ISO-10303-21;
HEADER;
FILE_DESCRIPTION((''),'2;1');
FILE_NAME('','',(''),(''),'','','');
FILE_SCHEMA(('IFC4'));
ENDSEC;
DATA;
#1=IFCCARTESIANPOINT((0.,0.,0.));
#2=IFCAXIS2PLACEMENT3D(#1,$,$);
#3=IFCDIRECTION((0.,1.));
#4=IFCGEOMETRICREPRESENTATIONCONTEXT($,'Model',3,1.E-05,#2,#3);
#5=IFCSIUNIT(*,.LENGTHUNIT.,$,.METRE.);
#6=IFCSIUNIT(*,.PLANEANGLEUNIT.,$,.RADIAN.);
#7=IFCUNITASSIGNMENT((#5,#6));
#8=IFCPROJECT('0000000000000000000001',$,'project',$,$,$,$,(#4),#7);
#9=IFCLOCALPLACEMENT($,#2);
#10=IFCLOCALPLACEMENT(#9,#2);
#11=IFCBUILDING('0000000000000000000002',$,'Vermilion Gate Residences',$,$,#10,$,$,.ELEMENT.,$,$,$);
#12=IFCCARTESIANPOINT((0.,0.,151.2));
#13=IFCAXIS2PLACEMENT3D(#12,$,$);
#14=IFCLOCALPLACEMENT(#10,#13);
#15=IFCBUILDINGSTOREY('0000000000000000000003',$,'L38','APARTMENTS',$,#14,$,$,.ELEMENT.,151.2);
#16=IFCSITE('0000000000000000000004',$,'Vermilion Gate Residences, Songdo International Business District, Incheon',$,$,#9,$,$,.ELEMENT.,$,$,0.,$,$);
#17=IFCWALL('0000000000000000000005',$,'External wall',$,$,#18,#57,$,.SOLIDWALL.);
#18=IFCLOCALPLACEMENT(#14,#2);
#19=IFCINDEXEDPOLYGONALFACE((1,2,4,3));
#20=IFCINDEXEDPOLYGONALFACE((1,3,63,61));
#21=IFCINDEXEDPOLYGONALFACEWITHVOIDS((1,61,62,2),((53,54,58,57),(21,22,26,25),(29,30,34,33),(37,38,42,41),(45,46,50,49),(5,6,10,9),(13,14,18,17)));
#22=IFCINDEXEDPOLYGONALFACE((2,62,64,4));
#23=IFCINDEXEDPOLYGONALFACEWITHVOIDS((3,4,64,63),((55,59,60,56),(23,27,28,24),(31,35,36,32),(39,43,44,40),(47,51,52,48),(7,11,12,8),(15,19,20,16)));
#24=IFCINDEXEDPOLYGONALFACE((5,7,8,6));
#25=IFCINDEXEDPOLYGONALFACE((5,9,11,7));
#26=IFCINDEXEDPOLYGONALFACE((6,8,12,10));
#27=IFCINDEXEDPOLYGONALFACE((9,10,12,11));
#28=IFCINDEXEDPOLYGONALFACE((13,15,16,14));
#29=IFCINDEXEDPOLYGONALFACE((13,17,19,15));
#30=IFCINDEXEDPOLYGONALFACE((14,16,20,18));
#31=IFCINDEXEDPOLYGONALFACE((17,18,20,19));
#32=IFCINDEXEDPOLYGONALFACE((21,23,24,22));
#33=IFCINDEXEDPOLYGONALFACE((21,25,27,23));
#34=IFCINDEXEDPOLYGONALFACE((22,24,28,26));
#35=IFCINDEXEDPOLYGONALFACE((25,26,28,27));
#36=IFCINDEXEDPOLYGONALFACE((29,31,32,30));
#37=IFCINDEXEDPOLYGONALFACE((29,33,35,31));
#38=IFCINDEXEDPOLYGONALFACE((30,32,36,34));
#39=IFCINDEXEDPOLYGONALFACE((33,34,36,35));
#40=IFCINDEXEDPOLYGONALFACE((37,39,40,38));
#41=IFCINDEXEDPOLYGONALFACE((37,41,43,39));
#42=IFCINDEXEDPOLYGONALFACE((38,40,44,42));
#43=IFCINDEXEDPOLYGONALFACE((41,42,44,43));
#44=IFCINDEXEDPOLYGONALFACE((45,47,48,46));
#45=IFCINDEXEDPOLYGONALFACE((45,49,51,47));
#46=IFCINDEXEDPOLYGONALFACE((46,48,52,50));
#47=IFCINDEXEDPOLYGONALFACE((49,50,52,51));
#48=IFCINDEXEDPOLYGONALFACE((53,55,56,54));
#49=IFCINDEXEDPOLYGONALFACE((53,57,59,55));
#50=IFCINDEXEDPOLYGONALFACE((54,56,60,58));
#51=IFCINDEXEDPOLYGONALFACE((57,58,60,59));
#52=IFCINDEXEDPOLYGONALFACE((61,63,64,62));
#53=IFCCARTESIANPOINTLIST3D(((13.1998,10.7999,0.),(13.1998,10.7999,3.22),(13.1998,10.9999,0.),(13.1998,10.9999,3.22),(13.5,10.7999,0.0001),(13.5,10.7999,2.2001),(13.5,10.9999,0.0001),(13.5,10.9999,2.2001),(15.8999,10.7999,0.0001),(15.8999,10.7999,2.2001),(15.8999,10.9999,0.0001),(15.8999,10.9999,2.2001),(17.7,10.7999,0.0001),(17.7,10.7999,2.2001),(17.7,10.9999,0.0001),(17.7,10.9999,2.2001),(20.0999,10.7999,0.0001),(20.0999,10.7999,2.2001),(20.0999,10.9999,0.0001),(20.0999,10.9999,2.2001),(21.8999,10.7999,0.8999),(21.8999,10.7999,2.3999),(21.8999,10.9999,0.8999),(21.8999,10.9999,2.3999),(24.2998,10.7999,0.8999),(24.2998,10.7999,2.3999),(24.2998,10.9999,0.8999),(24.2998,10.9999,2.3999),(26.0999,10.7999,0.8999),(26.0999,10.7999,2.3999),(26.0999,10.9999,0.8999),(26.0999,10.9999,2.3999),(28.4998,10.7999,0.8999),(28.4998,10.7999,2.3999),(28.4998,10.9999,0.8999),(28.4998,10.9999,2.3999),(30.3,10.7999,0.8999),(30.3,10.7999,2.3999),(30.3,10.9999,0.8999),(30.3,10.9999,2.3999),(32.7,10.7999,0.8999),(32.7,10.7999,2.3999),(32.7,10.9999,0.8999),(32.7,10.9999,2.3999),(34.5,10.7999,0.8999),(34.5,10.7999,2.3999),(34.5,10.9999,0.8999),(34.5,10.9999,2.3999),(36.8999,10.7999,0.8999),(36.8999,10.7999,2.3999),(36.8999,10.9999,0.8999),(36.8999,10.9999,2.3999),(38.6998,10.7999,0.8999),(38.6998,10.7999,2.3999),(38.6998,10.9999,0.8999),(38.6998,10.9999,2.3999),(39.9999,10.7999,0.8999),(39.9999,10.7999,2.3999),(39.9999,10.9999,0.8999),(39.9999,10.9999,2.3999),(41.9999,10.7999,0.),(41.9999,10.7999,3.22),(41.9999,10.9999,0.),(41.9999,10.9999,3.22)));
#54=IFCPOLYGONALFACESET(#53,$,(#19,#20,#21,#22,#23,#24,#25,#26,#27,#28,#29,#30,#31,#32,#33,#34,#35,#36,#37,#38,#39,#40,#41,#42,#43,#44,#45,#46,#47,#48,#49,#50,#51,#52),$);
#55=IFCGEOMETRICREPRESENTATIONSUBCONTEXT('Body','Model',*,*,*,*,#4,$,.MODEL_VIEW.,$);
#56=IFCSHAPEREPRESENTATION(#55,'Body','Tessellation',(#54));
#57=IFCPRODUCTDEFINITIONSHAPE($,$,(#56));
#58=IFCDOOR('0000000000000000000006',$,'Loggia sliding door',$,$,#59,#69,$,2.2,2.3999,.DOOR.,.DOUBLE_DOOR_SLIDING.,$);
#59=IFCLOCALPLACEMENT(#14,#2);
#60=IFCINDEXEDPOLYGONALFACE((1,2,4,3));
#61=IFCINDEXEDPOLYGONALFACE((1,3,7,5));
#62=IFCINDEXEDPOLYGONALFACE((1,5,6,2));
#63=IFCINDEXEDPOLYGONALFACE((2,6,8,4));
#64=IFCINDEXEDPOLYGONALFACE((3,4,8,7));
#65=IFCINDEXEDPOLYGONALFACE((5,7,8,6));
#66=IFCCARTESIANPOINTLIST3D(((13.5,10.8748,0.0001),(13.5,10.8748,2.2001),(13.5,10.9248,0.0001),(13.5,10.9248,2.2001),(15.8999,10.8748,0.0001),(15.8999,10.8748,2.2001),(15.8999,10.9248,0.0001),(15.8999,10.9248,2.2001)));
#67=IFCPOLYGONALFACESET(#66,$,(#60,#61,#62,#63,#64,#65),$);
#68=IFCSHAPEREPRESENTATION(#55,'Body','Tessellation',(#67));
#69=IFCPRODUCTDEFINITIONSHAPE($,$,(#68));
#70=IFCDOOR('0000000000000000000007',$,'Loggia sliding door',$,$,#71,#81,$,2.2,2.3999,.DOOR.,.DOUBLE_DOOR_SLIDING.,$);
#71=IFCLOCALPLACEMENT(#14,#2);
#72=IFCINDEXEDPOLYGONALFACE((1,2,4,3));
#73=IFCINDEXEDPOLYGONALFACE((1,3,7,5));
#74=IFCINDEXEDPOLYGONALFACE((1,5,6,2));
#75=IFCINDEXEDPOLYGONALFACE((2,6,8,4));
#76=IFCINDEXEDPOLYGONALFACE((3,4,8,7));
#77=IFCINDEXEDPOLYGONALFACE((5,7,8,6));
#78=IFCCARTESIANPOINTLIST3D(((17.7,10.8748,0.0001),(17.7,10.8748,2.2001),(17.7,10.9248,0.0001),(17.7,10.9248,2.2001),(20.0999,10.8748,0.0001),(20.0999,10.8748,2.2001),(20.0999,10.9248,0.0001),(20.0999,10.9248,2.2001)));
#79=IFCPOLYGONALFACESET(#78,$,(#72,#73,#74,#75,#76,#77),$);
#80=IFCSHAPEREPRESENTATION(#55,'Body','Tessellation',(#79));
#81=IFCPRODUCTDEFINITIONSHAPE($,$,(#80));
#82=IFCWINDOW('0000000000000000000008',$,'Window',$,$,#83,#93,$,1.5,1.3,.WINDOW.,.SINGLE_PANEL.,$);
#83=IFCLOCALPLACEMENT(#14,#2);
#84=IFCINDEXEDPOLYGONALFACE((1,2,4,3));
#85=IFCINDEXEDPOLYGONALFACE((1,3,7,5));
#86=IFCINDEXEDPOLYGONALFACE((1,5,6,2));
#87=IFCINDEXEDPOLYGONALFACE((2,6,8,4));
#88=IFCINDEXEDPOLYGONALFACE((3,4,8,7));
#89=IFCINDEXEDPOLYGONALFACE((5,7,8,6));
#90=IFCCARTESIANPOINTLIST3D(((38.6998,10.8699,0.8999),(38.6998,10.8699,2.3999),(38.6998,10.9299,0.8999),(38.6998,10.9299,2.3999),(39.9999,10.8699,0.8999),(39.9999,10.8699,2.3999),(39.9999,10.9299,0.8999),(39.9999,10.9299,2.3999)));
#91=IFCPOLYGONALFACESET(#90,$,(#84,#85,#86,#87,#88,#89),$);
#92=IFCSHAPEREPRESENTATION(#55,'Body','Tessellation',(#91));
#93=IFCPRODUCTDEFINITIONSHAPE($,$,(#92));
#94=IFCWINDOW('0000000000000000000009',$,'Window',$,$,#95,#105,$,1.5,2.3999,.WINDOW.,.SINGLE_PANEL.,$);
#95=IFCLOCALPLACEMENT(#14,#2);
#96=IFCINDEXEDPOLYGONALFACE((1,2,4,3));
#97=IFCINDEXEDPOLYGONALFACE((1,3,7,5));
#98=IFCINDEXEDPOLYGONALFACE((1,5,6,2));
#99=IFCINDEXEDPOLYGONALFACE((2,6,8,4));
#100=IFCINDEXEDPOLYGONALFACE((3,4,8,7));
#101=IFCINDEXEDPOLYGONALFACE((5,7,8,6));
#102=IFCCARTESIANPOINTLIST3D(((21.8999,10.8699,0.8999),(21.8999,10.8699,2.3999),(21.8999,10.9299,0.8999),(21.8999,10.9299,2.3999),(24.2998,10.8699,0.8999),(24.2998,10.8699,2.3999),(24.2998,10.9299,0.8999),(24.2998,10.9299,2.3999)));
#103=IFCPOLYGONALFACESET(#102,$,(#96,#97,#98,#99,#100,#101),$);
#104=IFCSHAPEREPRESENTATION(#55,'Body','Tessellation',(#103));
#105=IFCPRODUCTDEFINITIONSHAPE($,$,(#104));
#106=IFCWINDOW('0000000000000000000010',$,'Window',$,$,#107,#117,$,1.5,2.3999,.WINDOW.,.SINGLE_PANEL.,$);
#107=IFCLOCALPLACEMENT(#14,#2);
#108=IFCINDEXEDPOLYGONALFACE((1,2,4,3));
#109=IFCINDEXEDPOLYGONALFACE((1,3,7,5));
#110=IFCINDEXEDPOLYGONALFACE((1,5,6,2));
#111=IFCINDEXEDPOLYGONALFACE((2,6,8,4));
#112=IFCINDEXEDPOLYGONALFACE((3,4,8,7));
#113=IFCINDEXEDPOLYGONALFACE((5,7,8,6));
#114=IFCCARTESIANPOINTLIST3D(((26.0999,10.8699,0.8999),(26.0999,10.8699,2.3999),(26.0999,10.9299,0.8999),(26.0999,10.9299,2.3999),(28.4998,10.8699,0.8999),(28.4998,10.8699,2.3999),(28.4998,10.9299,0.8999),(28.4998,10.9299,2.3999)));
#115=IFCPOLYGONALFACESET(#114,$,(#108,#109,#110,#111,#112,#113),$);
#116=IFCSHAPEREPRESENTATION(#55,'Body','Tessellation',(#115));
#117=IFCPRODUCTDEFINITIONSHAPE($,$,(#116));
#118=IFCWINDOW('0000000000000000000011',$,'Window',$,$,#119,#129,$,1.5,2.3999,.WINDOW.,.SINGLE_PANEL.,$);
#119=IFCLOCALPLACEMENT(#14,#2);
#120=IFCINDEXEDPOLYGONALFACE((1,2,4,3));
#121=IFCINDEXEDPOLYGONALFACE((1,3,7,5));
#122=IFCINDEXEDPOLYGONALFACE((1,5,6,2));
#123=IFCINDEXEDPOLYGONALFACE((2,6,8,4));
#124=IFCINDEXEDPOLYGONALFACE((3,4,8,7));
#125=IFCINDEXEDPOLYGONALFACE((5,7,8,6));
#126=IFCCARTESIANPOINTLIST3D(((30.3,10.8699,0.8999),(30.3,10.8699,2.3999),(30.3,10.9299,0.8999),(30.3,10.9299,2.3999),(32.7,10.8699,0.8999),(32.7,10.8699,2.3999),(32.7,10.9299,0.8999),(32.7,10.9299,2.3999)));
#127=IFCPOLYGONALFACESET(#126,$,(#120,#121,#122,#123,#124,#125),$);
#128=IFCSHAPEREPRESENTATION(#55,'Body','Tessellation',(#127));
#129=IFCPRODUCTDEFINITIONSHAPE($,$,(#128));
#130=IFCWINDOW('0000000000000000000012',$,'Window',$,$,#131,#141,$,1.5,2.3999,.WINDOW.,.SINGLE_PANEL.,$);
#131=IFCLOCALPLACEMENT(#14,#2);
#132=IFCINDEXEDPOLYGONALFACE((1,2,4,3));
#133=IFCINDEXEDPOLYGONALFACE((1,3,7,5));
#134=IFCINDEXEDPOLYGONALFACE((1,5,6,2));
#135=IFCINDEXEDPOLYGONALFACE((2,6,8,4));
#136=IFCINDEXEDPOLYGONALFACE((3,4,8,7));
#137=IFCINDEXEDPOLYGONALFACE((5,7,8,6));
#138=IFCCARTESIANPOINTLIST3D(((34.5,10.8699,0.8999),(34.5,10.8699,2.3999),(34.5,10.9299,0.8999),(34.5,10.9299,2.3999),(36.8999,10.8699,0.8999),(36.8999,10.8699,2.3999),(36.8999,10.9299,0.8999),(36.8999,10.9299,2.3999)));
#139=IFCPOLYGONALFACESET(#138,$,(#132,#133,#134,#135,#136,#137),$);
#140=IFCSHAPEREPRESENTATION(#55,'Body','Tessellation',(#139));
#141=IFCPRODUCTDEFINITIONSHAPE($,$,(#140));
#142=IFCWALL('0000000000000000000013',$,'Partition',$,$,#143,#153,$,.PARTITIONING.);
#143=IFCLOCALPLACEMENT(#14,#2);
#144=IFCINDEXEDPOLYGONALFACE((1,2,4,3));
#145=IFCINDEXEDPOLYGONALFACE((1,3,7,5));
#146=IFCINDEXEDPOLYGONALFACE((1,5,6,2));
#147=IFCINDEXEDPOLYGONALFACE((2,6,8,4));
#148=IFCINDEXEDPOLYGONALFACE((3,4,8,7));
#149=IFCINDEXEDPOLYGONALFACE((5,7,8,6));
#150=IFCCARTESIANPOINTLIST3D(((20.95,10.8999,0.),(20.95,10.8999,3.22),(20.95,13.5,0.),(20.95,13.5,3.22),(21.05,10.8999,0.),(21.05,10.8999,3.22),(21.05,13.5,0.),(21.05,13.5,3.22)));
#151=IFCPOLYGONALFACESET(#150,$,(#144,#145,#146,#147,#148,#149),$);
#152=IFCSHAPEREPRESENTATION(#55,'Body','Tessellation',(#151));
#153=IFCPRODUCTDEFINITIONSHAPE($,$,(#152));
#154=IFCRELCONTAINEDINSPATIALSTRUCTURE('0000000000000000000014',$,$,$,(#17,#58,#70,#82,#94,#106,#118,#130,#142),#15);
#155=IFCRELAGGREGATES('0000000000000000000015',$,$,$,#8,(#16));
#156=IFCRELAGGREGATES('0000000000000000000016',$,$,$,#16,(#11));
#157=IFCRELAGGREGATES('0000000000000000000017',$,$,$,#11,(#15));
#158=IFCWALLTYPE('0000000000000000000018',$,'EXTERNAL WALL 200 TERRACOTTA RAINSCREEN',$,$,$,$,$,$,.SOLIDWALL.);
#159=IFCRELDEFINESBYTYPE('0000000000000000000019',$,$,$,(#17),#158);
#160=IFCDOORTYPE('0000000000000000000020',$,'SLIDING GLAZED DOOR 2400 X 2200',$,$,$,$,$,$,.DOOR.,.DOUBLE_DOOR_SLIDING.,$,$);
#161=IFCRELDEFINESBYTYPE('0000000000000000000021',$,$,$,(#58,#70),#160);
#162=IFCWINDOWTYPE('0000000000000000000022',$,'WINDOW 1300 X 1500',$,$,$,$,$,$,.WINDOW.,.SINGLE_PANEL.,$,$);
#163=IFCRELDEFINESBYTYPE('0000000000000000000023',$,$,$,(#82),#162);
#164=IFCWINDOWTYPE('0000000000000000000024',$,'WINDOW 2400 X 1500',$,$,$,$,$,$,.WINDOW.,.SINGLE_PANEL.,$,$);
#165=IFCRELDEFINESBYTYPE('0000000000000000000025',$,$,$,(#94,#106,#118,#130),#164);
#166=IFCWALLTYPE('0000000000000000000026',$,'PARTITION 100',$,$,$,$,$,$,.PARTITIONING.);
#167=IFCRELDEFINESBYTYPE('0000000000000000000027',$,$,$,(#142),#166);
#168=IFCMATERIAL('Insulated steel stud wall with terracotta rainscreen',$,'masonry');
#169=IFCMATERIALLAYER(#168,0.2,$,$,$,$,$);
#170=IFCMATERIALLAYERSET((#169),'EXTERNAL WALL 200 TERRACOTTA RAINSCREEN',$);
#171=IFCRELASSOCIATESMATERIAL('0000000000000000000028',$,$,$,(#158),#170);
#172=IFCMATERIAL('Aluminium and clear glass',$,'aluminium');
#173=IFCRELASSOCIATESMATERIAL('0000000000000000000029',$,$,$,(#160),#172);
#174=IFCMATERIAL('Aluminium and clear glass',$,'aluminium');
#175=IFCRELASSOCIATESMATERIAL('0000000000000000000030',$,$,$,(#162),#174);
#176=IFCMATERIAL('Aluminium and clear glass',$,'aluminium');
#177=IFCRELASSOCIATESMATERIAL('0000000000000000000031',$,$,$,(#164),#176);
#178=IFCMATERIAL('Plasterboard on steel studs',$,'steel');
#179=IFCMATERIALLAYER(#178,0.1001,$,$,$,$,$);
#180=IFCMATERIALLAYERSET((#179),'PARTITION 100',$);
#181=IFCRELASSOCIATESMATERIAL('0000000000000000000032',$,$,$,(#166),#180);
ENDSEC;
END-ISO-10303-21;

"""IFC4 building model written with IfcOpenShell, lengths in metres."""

from ifc_helpers import new_model, si_unit, direction, frame, frame_2d, origin, place, context, subcontext, project, spatial, rectangle, extrude, material, layer, layer_set, type_object, element, fill, save


model = new_model("IFC4")

# Units and contexts
model_context = context("Model", 3, precision=1e-05, world=origin(), true_north=direction((0.0, 1.0)))
body_context = subcontext(model_context, "Body", "Model", "MODEL_VIEW")
ifc_project = project(units=[si_unit("LENGTHUNIT", "METRE"), si_unit("PLANEANGLEUNIT", "RADIAN")], contexts=[model_context])

# Site, building, storey
site_placement = place(None, origin())
site = spatial("IfcSite", under=ifc_project, at=site_placement, Name="Vermilion Gate Residences, Songdo International Business District, Incheon", CompositionType="ELEMENT", RefElevation=0.0)
building_placement = place(site_placement, origin())
building = spatial("IfcBuilding", under=site, at=building_placement, Name="Vermilion Gate Residences", CompositionType="ELEMENT")
storey_placement = place(building_placement, frame((0.0, 0.0, 151.2)))
storey = spatial("IfcBuildingStorey", under=building, at=storey_placement, Name="L38", Description="APARTMENTS", CompositionType="ELEMENT", Elevation=151.2)

# Shared definitions
ifc_material_1 = material(Name="Insulated steel stud wall with terracotta rainscreen", Category="masonry")
ifc_layer_1 = layer(ifc_material_1, 0.2)
ifc_layer_set_1 = layer_set([ifc_layer_1], Name="EXTERNAL WALL 200 TERRACOTTA RAINSCREEN")
wall_type_1 = type_object("IfcWallType", Name="EXTERNAL WALL 200 TERRACOTTA RAINSCREEN", PredefinedType="SOLIDWALL", material=ifc_layer_set_1)

# Wall, openings, doors, windows
wall_1_placement = place(storey_placement, frame((13.2, 10.8999, 0.0), z_axis=(0.0, 0.0, 1.0), x_axis=(1.0, 0.0, 0.0)))
wall_1 = element("IfcWall", 1, at=wall_1_placement, inside=storey, type_object=wall_type_1, Name="External wall", PredefinedType="SOLIDWALL", context=body_context, shape_type="SweptSolid", body=[
    extrude(rectangle(XDim=28.8, YDim=0.2, at=frame_2d((14.3999, 0.0))), origin(), (0.0, 0.0, 1.0), 3.22),
])
opening_1_placement = place(wall_1_placement, frame((0.3, 0.0, 0.0)))
opening_1 = element("IfcOpeningElement", 2, at=opening_1_placement, cuts=wall_1, PredefinedType="OPENING", context=body_context, shape_type="SweptSolid", body=[
    extrude(rectangle(XDim=2.3999, YDim=2.2, at=frame_2d((1.2, 1.1001))), frame((0.0, 0.1099, 0.0), z_axis=(0.0, -1.0, 0.0), x_axis=(1.0, 0.0, 0.0)), (0.0, 0.0, 1.0), 0.22),
])
opening_2_placement = place(wall_1_placement, frame((4.5, 0.0, 0.0)))
opening_2 = element("IfcOpeningElement", 3, at=opening_2_placement, cuts=wall_1, PredefinedType="OPENING", context=body_context, shape_type="SweptSolid", body=[
    extrude(rectangle(XDim=2.3999, YDim=2.2, at=frame_2d((1.2, 1.1001))), frame((0.0, 0.1099, 0.0), z_axis=(0.0, -1.0, 0.0), x_axis=(1.0, 0.0, 0.0)), (0.0, 0.0, 1.0), 0.22),
])
opening_3_placement = place(wall_1_placement, frame((8.7, 0.0, 0.8999)))
opening_3 = element("IfcOpeningElement", 4, at=opening_3_placement, cuts=wall_1, PredefinedType="OPENING", context=body_context, shape_type="SweptSolid", body=[
    extrude(rectangle(XDim=2.3999, YDim=1.5, at=frame_2d((1.2, 0.75))), frame((0.0, 0.1099, 0.0), z_axis=(0.0, -1.0, 0.0), x_axis=(1.0, 0.0, 0.0)), (0.0, 0.0, 1.0), 0.22),
])
opening_4_placement = place(wall_1_placement, frame((12.8999, 0.0, 0.8999)))
opening_4 = element("IfcOpeningElement", 5, at=opening_4_placement, cuts=wall_1, PredefinedType="OPENING", context=body_context, shape_type="SweptSolid", body=[
    extrude(rectangle(XDim=2.3999, YDim=1.5, at=frame_2d((1.2, 0.75))), frame((0.0, 0.1099, 0.0), z_axis=(0.0, -1.0, 0.0), x_axis=(1.0, 0.0, 0.0)), (0.0, 0.0, 1.0), 0.22),
])
opening_5_placement = place(wall_1_placement, frame((17.1001, 0.0, 0.8999)))
opening_5 = element("IfcOpeningElement", 6, at=opening_5_placement, cuts=wall_1, PredefinedType="OPENING", context=body_context, shape_type="SweptSolid", body=[
    extrude(rectangle(XDim=2.3999, YDim=1.5, at=frame_2d((1.2, 0.75))), frame((0.0, 0.1099, 0.0), z_axis=(0.0, -1.0, 0.0), x_axis=(1.0, 0.0, 0.0)), (0.0, 0.0, 1.0), 0.22),
])
opening_6_placement = place(wall_1_placement, frame((21.3, 0.0, 0.8999)))
opening_6 = element("IfcOpeningElement", 7, at=opening_6_placement, cuts=wall_1, PredefinedType="OPENING", context=body_context, shape_type="SweptSolid", body=[
    extrude(rectangle(XDim=2.3999, YDim=1.5, at=frame_2d((1.2, 0.75))), frame((0.0, 0.1099, 0.0), z_axis=(0.0, -1.0, 0.0), x_axis=(1.0, 0.0, 0.0)), (0.0, 0.0, 1.0), 0.22),
])
opening_7_placement = place(wall_1_placement, frame((25.5, 0.0, 0.8999)))
opening_7 = element("IfcOpeningElement", 8, at=opening_7_placement, cuts=wall_1, PredefinedType="OPENING", context=body_context, shape_type="SweptSolid", body=[
    extrude(rectangle(XDim=1.3, YDim=1.5, at=frame_2d((0.6499, 0.75))), frame((0.0, 0.1099, 0.0), z_axis=(0.0, -1.0, 0.0), x_axis=(1.0, 0.0, 0.0)), (0.0, 0.0, 1.0), 0.22),
])
ifc_material_2 = material(Name="Aluminium and clear glass", Category="aluminium")
door_type_1 = type_object("IfcDoorType", Name="SLIDING GLAZED DOOR 2400 X 2200", OperationType="DOUBLE_DOOR_SLIDING", PredefinedType="DOOR", material=ifc_material_2)
door_1_placement = place(opening_1_placement, origin())
door_1 = element("IfcDoor", 9, at=door_1_placement, inside=storey, type_object=door_type_1, Name="Loggia sliding door", OperationType="DOUBLE_DOOR_SLIDING", OverallHeight=2.2, OverallWidth=2.3999, PredefinedType="DOOR", context=body_context, shape_type="SweptSolid", body=[
    extrude(rectangle(XDim=2.3999, YDim=2.2, at=frame_2d((1.2, 1.1001))), frame((0.0, 0.0249, 0.0), z_axis=(0.0, -1.0, 0.0), x_axis=(1.0, 0.0, 0.0)), (0.0, 0.0, 1.0), 0.05),
])
fill(opening_1, door_1)
door_2_placement = place(opening_2_placement, origin())
door_2 = element("IfcDoor", 10, at=door_2_placement, inside=storey, type_object=door_type_1, Name="Loggia sliding door", OperationType="DOUBLE_DOOR_SLIDING", OverallHeight=2.2, OverallWidth=2.3999, PredefinedType="DOOR", context=body_context, shape_type="SweptSolid", body=[
    extrude(rectangle(XDim=2.3999, YDim=2.2, at=frame_2d((1.2, 1.1001))), frame((0.0, 0.0249, 0.0), z_axis=(0.0, -1.0, 0.0), x_axis=(1.0, 0.0, 0.0)), (0.0, 0.0, 1.0), 0.05),
])
fill(opening_2, door_2)
ifc_material_3 = material(Name="Aluminium and clear glass", Category="aluminium")
window_type_1 = type_object("IfcWindowType", Name="WINDOW 1300 X 1500", PartitioningType="SINGLE_PANEL", PredefinedType="WINDOW", material=ifc_material_3)
window_1_placement = place(opening_7_placement, origin())
window_1 = element("IfcWindow", 11, at=window_1_placement, inside=storey, type_object=window_type_1, Name="Window", OverallHeight=1.5, OverallWidth=1.3, PartitioningType="SINGLE_PANEL", PredefinedType="WINDOW", context=body_context, shape_type="SweptSolid", body=[
    extrude(rectangle(XDim=1.3, YDim=1.5, at=frame_2d((0.6499, 0.75))), frame((0.0, 0.03, 0.0), z_axis=(0.0, -1.0, 0.0), x_axis=(1.0, 0.0, 0.0)), (0.0, 0.0, 1.0), 0.0601),
])
fill(opening_7, window_1)
ifc_material_4 = material(Name="Aluminium and clear glass", Category="aluminium")
window_type_2 = type_object("IfcWindowType", Name="WINDOW 2400 X 1500", PartitioningType="SINGLE_PANEL", PredefinedType="WINDOW", material=ifc_material_4)
window_2_placement = place(opening_3_placement, origin())
window_2 = element("IfcWindow", 12, at=window_2_placement, inside=storey, type_object=window_type_2, Name="Window", OverallHeight=1.5, OverallWidth=2.3999, PartitioningType="SINGLE_PANEL", PredefinedType="WINDOW", context=body_context, shape_type="SweptSolid", body=[
    extrude(rectangle(XDim=2.3999, YDim=1.5, at=frame_2d((1.2, 0.75))), frame((0.0, 0.03, 0.0), z_axis=(0.0, -1.0, 0.0), x_axis=(1.0, 0.0, 0.0)), (0.0, 0.0, 1.0), 0.0601),
])
fill(opening_3, window_2)
window_3_placement = place(opening_4_placement, origin())
window_3 = element("IfcWindow", 13, at=window_3_placement, inside=storey, type_object=window_type_2, Name="Window", OverallHeight=1.5, OverallWidth=2.3999, PartitioningType="SINGLE_PANEL", PredefinedType="WINDOW", context=body_context, shape_type="SweptSolid", body=[
    extrude(rectangle(XDim=2.3999, YDim=1.5, at=frame_2d((1.2, 0.75))), frame((0.0, 0.03, 0.0), z_axis=(0.0, -1.0, 0.0), x_axis=(1.0, 0.0, 0.0)), (0.0, 0.0, 1.0), 0.0601),
])
fill(opening_4, window_3)
window_4_placement = place(opening_5_placement, origin())
window_4 = element("IfcWindow", 14, at=window_4_placement, inside=storey, type_object=window_type_2, Name="Window", OverallHeight=1.5, OverallWidth=2.3999, PartitioningType="SINGLE_PANEL", PredefinedType="WINDOW", context=body_context, shape_type="SweptSolid", body=[
    extrude(rectangle(XDim=2.3999, YDim=1.5, at=frame_2d((1.2, 0.75))), frame((0.0, 0.03, 0.0), z_axis=(0.0, -1.0, 0.0), x_axis=(1.0, 0.0, 0.0)), (0.0, 0.0, 1.0), 0.0601),
])
fill(opening_5, window_4)
window_5_placement = place(opening_6_placement, origin())
window_5 = element("IfcWindow", 15, at=window_5_placement, inside=storey, type_object=window_type_2, Name="Window", OverallHeight=1.5, OverallWidth=2.3999, PartitioningType="SINGLE_PANEL", PredefinedType="WINDOW", context=body_context, shape_type="SweptSolid", body=[
    extrude(rectangle(XDim=2.3999, YDim=1.5, at=frame_2d((1.2, 0.75))), frame((0.0, 0.03, 0.0), z_axis=(0.0, -1.0, 0.0), x_axis=(1.0, 0.0, 0.0)), (0.0, 0.0, 1.0), 0.0601),
])
fill(opening_6, window_5)

# Wall
ifc_material_5 = material(Name="Plasterboard on steel studs", Category="steel")
ifc_layer_2 = layer(ifc_material_5, 0.1001)
ifc_layer_set_2 = layer_set([ifc_layer_2], Name="PARTITION 100")
wall_type_2 = type_object("IfcWallType", Name="PARTITION 100", PredefinedType="PARTITIONING", material=ifc_layer_set_2)
wall_2_placement = place(storey_placement, frame((21.0, 10.8999, 0.0), z_axis=(0.0, 0.0, 1.0), x_axis=(0.0, 1.0, 0.0)))
element("IfcWall", 16, at=wall_2_placement, inside=storey, type_object=wall_type_2, Name="Partition", PredefinedType="PARTITIONING", context=body_context, shape_type="SweptSolid", body=[
    extrude(rectangle(XDim=2.6001, YDim=0.1001, at=frame_2d((1.3, 0.0))), origin(), (0.0, 0.0, 1.0), 3.22),
])

save(model, "model.ifc")
